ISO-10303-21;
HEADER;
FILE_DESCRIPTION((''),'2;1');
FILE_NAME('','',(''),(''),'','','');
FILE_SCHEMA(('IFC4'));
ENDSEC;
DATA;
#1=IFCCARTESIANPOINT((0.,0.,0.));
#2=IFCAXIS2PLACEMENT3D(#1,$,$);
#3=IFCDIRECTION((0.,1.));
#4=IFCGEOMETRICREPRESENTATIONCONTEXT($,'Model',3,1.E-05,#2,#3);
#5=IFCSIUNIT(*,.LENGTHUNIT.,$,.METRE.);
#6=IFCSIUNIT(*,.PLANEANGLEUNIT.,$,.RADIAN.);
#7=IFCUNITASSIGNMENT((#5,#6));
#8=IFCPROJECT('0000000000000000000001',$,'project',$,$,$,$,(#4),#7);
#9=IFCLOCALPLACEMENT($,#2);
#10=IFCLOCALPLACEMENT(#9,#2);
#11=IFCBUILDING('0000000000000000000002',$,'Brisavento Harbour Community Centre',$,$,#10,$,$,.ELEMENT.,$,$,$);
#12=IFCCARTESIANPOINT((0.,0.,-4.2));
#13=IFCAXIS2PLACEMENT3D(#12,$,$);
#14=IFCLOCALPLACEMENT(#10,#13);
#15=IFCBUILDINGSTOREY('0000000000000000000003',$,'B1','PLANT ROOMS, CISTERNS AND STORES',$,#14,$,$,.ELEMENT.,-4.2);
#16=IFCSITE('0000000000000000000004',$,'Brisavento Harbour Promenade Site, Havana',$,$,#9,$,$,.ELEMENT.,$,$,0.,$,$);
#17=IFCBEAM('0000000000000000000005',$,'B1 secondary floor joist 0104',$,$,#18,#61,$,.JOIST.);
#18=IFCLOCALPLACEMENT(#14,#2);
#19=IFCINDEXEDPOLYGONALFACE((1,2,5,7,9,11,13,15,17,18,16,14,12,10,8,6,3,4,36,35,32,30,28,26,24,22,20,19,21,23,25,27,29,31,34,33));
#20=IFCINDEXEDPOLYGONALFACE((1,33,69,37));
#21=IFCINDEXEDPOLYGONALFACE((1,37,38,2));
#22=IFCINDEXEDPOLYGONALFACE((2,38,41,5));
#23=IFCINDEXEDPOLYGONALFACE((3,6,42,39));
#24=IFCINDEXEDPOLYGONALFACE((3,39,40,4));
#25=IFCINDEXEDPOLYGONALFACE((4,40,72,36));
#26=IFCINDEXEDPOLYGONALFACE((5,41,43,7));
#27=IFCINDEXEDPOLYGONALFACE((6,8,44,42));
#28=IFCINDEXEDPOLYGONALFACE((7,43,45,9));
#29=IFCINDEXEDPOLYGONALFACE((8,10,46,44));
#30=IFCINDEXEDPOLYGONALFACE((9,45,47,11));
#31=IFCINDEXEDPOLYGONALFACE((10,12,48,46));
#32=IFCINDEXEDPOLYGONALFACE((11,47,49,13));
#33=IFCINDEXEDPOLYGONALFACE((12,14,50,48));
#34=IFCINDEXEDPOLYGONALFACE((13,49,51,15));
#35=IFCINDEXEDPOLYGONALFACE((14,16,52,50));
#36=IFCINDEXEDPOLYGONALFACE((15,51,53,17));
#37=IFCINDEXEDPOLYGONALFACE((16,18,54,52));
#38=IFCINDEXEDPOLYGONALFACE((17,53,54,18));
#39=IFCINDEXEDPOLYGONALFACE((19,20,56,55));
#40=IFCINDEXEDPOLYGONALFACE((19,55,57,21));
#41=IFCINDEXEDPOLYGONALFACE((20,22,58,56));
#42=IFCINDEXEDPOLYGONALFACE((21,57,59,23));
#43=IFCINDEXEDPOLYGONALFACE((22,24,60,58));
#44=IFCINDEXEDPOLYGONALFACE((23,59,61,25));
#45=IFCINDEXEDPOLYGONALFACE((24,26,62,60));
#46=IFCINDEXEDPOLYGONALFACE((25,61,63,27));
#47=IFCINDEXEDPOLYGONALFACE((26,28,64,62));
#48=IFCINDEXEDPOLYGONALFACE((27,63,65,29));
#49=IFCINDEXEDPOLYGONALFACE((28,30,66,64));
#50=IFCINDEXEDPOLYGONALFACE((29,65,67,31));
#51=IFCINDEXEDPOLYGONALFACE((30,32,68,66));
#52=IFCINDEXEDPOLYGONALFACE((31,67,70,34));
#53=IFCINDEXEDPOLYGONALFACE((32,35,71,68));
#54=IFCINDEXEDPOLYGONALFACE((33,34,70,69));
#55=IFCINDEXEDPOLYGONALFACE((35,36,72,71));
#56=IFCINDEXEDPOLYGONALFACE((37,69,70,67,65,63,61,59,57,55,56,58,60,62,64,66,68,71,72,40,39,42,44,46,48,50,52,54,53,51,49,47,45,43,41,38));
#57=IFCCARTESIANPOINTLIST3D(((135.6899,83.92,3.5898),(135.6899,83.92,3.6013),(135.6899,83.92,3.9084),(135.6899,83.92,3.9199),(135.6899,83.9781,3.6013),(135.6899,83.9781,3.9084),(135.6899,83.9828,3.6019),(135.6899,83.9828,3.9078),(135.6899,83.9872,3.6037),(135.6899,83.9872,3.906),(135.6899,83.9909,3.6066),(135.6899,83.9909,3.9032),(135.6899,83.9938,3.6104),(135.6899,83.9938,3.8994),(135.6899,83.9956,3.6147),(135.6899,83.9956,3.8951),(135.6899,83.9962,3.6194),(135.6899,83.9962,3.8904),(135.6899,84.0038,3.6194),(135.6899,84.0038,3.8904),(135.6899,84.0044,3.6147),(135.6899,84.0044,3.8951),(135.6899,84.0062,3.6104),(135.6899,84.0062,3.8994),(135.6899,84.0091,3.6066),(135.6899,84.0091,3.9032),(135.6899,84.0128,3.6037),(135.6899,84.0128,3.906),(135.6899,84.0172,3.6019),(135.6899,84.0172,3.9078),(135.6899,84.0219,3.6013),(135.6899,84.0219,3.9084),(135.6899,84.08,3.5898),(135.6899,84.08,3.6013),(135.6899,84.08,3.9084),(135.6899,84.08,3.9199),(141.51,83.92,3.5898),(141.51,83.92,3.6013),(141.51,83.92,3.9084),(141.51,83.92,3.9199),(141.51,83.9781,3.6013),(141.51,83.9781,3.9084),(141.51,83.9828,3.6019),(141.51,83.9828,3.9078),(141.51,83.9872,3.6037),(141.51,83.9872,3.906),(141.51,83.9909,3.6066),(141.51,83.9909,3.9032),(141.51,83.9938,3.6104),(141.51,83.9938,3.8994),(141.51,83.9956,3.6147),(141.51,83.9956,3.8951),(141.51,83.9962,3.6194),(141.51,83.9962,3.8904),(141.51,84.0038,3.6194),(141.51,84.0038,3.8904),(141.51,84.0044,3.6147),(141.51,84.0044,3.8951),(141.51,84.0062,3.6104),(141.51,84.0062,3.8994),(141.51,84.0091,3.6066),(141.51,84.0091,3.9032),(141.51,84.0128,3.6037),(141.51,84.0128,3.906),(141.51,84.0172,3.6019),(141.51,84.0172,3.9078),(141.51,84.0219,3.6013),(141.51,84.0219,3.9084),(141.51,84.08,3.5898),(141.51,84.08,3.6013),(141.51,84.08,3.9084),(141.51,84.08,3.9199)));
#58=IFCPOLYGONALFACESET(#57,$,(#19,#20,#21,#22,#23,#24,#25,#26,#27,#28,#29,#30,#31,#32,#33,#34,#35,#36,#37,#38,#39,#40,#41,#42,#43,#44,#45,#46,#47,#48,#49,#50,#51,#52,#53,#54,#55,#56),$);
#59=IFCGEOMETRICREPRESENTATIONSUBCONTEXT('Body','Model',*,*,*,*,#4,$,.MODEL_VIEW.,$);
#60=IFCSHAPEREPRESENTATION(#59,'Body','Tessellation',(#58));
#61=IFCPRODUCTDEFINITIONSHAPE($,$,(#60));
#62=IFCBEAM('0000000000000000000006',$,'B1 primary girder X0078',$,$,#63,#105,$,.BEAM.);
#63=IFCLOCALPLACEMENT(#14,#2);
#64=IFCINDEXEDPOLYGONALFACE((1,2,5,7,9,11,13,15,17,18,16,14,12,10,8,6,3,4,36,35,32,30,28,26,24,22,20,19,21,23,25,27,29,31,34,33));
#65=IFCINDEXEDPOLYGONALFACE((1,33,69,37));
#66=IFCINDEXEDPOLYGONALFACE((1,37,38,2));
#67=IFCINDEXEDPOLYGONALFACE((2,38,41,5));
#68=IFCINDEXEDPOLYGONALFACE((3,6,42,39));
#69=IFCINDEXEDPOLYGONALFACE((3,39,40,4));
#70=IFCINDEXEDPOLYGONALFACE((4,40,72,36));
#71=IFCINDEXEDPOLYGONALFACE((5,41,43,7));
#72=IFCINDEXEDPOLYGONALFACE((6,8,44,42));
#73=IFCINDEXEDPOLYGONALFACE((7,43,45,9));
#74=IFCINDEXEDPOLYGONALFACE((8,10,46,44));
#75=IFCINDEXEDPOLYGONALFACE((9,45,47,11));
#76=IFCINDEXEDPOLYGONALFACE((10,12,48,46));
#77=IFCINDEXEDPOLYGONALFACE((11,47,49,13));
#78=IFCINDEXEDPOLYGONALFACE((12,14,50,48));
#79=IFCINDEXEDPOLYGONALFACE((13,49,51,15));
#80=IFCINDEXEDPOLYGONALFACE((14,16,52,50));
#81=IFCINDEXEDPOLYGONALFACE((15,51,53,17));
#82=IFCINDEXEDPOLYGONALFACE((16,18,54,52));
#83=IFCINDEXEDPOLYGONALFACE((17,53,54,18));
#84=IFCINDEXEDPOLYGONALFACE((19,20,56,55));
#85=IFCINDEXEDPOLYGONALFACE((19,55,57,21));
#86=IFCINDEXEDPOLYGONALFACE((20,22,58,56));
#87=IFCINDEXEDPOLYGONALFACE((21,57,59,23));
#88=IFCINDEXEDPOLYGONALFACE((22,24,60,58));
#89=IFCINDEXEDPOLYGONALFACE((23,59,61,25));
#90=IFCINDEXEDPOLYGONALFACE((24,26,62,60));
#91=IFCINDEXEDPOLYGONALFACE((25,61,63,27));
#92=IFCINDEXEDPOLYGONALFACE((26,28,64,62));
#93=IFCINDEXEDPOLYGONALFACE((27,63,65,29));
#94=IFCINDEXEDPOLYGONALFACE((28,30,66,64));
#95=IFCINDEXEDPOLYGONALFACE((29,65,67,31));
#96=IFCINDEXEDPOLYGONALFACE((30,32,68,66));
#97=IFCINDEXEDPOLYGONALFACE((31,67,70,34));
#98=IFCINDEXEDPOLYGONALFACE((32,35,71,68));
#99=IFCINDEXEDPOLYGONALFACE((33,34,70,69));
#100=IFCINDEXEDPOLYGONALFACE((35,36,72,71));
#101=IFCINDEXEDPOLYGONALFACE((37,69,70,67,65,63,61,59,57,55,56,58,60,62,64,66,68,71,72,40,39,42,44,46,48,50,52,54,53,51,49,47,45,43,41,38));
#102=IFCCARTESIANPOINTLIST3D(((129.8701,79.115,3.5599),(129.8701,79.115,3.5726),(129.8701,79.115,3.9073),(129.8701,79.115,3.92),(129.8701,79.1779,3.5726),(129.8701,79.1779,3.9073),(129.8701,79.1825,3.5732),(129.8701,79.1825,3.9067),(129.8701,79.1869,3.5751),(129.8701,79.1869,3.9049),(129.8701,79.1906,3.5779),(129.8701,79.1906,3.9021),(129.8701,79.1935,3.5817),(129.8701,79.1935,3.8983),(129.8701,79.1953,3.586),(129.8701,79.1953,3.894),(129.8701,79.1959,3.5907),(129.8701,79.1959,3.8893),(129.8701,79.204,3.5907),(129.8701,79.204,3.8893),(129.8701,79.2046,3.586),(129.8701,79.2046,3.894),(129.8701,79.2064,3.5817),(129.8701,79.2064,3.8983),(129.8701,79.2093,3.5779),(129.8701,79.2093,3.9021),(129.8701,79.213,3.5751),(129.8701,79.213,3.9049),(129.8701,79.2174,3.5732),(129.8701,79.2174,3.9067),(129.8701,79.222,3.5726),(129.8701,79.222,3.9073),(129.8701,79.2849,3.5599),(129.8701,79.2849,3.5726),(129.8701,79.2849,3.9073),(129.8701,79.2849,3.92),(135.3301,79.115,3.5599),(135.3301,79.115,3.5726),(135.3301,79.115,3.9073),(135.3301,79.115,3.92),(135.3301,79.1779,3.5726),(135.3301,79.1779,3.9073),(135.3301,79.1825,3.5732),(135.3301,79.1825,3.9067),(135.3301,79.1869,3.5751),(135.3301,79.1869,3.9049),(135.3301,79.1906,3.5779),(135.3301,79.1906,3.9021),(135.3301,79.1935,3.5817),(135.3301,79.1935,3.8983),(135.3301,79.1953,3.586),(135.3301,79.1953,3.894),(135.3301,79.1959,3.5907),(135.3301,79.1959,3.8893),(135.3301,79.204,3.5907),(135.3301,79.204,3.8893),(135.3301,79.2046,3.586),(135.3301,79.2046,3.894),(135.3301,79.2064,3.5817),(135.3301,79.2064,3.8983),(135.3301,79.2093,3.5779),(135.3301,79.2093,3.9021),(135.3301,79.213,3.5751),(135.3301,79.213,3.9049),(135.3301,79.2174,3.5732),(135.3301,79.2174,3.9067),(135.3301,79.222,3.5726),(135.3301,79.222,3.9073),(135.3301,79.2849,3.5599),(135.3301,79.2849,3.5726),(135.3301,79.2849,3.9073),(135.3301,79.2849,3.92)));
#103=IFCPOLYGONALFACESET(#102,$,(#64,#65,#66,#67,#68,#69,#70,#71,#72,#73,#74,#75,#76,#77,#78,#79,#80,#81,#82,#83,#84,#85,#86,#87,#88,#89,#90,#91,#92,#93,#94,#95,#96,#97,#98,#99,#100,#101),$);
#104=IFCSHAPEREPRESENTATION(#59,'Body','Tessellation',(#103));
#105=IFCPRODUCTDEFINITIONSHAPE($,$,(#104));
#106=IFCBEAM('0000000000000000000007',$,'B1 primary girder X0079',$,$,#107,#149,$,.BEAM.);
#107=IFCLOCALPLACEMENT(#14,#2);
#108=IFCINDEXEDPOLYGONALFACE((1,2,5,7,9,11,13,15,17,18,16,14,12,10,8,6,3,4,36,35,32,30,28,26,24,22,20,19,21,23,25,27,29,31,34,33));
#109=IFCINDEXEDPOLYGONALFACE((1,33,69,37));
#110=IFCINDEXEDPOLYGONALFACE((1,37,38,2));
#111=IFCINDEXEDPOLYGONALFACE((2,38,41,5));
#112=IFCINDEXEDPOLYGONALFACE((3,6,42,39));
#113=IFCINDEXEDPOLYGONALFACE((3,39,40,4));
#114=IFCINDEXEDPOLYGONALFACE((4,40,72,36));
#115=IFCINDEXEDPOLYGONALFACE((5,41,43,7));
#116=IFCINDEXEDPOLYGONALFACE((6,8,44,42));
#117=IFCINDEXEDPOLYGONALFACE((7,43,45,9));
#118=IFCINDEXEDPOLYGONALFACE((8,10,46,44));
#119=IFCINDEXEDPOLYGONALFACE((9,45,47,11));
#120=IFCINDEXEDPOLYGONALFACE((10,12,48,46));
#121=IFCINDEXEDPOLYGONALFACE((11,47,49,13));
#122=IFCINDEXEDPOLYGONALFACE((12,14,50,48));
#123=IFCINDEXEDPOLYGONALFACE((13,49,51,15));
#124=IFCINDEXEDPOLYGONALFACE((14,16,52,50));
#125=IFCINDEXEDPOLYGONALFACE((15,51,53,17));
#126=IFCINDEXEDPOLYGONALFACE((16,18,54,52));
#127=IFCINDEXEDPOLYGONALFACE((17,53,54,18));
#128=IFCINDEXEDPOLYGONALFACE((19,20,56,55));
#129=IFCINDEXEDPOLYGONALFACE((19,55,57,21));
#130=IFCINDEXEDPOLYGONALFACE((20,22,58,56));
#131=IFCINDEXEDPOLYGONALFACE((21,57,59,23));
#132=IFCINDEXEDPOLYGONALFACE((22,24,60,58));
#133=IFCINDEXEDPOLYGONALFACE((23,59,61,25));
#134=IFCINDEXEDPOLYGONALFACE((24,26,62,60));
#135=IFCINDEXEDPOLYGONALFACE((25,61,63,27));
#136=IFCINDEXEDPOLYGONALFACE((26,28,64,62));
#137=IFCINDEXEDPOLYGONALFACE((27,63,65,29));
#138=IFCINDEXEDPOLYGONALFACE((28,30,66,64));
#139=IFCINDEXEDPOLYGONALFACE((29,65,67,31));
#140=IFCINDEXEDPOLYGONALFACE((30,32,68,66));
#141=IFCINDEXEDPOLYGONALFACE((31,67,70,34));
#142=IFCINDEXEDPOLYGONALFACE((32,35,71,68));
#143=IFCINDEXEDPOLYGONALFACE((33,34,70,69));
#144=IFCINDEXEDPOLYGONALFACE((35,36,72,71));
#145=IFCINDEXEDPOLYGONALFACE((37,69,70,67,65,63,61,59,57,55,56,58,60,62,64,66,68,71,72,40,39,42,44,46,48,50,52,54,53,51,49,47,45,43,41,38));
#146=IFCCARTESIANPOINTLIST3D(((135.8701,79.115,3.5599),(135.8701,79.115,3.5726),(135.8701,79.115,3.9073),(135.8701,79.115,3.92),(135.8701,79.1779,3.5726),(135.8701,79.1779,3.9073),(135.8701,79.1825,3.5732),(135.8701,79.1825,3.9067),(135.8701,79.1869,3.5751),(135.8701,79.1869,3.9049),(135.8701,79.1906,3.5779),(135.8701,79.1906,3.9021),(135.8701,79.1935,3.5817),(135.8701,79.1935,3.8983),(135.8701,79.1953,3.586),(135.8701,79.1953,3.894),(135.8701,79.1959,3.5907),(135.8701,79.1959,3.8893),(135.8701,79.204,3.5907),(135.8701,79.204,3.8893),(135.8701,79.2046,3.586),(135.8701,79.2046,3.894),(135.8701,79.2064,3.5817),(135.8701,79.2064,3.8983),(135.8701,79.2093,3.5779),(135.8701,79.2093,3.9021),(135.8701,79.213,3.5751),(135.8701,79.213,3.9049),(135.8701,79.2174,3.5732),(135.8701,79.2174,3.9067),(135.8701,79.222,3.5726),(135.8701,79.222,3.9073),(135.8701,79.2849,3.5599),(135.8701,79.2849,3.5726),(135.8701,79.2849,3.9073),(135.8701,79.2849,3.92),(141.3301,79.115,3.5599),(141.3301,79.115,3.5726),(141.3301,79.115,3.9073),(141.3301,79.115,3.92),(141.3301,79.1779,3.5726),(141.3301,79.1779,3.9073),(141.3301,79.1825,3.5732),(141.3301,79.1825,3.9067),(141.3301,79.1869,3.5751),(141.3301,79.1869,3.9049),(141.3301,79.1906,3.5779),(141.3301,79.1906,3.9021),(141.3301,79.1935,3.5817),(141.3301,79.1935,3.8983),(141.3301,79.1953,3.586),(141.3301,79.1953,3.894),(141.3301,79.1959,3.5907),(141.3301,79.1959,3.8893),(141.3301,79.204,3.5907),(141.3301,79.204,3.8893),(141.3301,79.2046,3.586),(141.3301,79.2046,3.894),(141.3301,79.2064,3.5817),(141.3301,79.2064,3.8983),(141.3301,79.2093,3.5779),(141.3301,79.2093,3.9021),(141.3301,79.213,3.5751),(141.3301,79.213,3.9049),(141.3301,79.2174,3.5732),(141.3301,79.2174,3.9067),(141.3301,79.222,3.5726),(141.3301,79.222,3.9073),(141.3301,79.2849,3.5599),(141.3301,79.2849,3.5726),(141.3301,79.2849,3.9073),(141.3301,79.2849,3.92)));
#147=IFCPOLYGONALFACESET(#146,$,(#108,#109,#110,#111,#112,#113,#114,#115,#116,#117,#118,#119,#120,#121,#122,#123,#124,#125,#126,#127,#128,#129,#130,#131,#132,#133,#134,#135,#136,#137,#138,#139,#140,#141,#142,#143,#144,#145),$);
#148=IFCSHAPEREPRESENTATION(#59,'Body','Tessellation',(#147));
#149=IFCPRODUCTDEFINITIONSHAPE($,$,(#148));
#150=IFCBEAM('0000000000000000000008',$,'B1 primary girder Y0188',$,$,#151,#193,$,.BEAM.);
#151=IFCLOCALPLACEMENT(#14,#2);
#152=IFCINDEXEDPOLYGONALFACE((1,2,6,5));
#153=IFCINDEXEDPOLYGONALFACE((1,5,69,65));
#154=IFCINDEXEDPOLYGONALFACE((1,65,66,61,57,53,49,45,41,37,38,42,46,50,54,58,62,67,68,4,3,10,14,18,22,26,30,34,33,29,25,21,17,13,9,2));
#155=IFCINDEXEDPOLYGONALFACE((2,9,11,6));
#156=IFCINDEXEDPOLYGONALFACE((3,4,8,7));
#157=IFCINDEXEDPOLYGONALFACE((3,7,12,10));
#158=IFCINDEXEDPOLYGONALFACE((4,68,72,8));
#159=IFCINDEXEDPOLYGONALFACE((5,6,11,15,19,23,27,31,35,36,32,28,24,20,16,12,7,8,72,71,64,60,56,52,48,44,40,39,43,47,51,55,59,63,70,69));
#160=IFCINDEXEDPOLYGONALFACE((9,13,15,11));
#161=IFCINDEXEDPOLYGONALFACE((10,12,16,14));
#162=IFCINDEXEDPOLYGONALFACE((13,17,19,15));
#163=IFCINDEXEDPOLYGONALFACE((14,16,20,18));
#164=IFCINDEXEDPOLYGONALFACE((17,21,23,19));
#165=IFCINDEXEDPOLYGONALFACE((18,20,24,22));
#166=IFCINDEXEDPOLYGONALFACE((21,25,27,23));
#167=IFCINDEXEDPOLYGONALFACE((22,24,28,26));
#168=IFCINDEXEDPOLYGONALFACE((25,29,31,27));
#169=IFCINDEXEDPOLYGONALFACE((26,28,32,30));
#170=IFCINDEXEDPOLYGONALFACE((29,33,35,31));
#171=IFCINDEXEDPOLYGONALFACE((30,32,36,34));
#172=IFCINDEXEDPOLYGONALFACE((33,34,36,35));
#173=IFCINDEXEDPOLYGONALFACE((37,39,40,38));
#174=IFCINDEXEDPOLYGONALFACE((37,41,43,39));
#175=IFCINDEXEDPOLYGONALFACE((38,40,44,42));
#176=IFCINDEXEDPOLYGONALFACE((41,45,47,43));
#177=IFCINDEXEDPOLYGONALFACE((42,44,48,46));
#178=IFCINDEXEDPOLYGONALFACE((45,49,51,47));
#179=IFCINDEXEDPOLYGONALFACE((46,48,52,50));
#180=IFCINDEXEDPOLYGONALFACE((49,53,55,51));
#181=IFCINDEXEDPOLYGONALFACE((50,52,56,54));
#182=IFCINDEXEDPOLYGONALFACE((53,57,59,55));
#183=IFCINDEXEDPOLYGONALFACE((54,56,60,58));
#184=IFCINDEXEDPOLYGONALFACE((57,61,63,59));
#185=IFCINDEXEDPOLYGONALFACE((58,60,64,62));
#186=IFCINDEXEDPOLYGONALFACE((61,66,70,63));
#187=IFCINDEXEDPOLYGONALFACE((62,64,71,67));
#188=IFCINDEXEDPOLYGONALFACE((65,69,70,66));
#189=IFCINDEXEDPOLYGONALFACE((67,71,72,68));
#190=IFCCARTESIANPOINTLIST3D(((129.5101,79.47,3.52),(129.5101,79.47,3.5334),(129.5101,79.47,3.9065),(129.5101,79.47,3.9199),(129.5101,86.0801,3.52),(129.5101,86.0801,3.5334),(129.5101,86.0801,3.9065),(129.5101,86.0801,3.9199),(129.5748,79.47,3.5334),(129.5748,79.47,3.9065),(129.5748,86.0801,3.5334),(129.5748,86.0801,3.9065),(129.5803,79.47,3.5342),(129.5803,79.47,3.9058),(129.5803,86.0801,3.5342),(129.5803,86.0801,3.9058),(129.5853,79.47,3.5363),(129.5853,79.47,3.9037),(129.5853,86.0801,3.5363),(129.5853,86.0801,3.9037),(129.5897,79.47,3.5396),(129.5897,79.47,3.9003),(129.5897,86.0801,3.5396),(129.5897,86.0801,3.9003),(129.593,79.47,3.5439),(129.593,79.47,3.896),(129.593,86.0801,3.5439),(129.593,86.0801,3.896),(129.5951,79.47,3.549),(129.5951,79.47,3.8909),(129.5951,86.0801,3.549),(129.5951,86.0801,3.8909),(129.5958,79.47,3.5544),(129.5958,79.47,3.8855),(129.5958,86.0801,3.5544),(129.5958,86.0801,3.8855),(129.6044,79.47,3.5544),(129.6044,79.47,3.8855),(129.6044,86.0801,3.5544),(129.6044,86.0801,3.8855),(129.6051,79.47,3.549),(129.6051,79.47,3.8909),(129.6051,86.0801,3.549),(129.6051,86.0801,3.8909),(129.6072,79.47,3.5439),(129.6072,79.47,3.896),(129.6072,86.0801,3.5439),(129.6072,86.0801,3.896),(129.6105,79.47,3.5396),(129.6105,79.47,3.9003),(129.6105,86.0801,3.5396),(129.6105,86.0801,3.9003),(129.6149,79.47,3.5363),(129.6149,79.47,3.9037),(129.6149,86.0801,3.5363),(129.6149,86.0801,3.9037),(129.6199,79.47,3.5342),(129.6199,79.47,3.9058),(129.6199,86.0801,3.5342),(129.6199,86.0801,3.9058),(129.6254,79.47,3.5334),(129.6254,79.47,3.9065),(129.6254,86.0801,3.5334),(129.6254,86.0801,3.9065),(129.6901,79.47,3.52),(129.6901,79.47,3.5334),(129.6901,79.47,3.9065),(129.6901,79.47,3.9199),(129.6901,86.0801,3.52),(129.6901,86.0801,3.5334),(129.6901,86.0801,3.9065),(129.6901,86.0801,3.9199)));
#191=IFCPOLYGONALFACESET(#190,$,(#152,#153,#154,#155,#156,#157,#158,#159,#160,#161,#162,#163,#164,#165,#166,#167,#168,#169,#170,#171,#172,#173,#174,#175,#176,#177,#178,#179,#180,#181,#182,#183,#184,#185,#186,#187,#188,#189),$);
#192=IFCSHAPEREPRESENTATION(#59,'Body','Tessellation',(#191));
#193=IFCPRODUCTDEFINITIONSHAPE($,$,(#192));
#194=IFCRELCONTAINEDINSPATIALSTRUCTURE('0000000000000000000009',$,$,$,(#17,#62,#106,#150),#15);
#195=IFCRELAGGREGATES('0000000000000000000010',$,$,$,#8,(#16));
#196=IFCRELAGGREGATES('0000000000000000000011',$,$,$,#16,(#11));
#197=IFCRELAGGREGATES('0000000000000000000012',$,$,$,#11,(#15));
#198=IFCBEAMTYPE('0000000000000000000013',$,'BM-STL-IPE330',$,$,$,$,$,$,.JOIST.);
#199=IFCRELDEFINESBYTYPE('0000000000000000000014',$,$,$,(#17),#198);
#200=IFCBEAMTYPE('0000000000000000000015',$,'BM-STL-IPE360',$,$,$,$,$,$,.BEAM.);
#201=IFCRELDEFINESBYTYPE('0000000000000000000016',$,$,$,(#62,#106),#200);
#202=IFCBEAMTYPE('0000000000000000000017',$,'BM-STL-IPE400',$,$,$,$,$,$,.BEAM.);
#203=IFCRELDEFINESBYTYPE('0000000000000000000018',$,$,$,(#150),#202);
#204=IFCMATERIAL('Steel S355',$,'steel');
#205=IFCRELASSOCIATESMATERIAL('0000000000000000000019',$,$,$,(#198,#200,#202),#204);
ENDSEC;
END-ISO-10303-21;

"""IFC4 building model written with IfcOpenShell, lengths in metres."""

from ifc_helpers import new_model, si_unit, direction, frame, origin, origin_2d, place, context, subcontext, project, spatial, i_section, extrude, material, material_profile, profile_set, type_object, element, save


model = new_model("IFC4")

# Units and contexts
model_context = context("Model", 3, precision=1e-05, world=origin(), true_north=direction((0.0, 1.0)))
body_context = subcontext(model_context, "Body", "Model", "MODEL_VIEW")
ifc_project = project(units=[si_unit("LENGTHUNIT", "METRE"), si_unit("PLANEANGLEUNIT", "RADIAN")], contexts=[model_context])

# Site, building, storey
site_placement = place(None, origin())
site = spatial("IfcSite", under=ifc_project, at=site_placement, Name="Brisavento Harbour Promenade Site, Havana", CompositionType="ELEMENT", RefElevation=0.0)
building_placement = place(site_placement, origin())
building = spatial("IfcBuilding", under=site, at=building_placement, Name="Brisavento Harbour Community Centre", CompositionType="ELEMENT")
storey_placement = place(building_placement, frame((0.0, 0.0, -4.2)))
storey = spatial("IfcBuildingStorey", under=building, at=storey_placement, Name="B1", Description="PLANT ROOMS, CISTERNS AND STORES", CompositionType="ELEMENT", Elevation=-4.2)

# Beams
ifc_material_1 = material(Name="Steel S355", Category="steel")
ifc_material_profile_1 = material_profile(ifc_material_1, i_section(OverallWidth=0.1599, OverallDepth=0.3301, WebThickness=0.0076, FlangeThickness=0.0115, FilletRadius=0.0181, at=origin_2d()), Name="Steel S355")
ifc_profile_set_1 = profile_set([ifc_material_profile_1], Name="Steel S355")
beam_type_1 = type_object("IfcBeamType", Name="BM-STL-IPE330", PredefinedType="JOIST", material=ifc_profile_set_1)
beam_1_placement = place(storey_placement, frame((135.6899, 84.0, 3.7549), z_axis=(1.0, 0.0, 0.0), x_axis=(0.0, 1.0, 0.0)))
element("IfcBeam", 1, at=beam_1_placement, inside=storey, type_object=beam_type_1, Name="B1 secondary floor joist 0104", PredefinedType="JOIST", context=body_context, shape_type="SweptSolid", body=[
    extrude(i_section(OverallWidth=0.1599, OverallDepth=0.3301, WebThickness=0.0076, FlangeThickness=0.0115, FilletRadius=0.0181, at=origin_2d()), origin(), (0.0, 0.0, 1.0), 5.8201),
])
ifc_material_profile_2 = material_profile(ifc_material_1, i_section(OverallWidth=0.1699, OverallDepth=0.3601, WebThickness=0.0081, FlangeThickness=0.0127, FilletRadius=0.0181, at=origin_2d()), Name="Steel S355")
ifc_profile_set_2 = profile_set([ifc_material_profile_2], Name="Steel S355")
beam_type_2 = type_object("IfcBeamType", Name="BM-STL-IPE360", PredefinedType="BEAM", material=ifc_profile_set_2)
for number, where, z_axis, x_axis, name in (
    (2, (129.8701, 79.2, 3.74), (1.0, 0.0, 0.0), (0.0, 1.0, 0.0), "B1 primary girder X0078"),
    (3, (135.8701, 79.2, 3.74), (1.0, 0.0, 0.0), (0.0, 1.0, 0.0), "B1 primary girder X0079"),
):
    element("IfcBeam", number, at=place(storey_placement, frame(where, z_axis=z_axis, x_axis=x_axis)), inside=storey, type_object=beam_type_2, Name=name, PredefinedType="BEAM", context=body_context, shape_type="SweptSolid", body=[
        extrude(i_section(OverallWidth=0.1699, OverallDepth=0.3601, WebThickness=0.0081, FlangeThickness=0.0127, FilletRadius=0.0181, at=origin_2d()), origin(), (0.0, 0.0, 1.0), 5.46),
    ])
ifc_material_profile_3 = material_profile(ifc_material_1, i_section(OverallWidth=0.1799, OverallDepth=0.3999, WebThickness=0.0085, FlangeThickness=0.0134, FilletRadius=0.021, at=origin_2d()), Name="Steel S355")
ifc_profile_set_3 = profile_set([ifc_material_profile_3], Name="Steel S355")
beam_type_3 = type_object("IfcBeamType", Name="BM-STL-IPE400", PredefinedType="BEAM", material=ifc_profile_set_3)
for number, where, z_axis, x_axis, name in (
    (4, (129.6001, 79.47, 3.72), (0.0, 1.0, 0.0), (-1.0, 0.0, 0.0), "B1 primary girder Y0188"),
):
    element("IfcBeam", number, at=place(storey_placement, frame(where, z_axis=z_axis, x_axis=x_axis)), inside=storey, type_object=beam_type_3, Name=name, PredefinedType="BEAM", context=body_context, shape_type="SweptSolid", body=[
        extrude(i_section(OverallWidth=0.1799, OverallDepth=0.3999, WebThickness=0.0085, FlangeThickness=0.0134, FilletRadius=0.021, at=origin_2d()), origin(), (0.0, 0.0, 1.0), 6.6101),
    ])

save(model, "model.ifc")
